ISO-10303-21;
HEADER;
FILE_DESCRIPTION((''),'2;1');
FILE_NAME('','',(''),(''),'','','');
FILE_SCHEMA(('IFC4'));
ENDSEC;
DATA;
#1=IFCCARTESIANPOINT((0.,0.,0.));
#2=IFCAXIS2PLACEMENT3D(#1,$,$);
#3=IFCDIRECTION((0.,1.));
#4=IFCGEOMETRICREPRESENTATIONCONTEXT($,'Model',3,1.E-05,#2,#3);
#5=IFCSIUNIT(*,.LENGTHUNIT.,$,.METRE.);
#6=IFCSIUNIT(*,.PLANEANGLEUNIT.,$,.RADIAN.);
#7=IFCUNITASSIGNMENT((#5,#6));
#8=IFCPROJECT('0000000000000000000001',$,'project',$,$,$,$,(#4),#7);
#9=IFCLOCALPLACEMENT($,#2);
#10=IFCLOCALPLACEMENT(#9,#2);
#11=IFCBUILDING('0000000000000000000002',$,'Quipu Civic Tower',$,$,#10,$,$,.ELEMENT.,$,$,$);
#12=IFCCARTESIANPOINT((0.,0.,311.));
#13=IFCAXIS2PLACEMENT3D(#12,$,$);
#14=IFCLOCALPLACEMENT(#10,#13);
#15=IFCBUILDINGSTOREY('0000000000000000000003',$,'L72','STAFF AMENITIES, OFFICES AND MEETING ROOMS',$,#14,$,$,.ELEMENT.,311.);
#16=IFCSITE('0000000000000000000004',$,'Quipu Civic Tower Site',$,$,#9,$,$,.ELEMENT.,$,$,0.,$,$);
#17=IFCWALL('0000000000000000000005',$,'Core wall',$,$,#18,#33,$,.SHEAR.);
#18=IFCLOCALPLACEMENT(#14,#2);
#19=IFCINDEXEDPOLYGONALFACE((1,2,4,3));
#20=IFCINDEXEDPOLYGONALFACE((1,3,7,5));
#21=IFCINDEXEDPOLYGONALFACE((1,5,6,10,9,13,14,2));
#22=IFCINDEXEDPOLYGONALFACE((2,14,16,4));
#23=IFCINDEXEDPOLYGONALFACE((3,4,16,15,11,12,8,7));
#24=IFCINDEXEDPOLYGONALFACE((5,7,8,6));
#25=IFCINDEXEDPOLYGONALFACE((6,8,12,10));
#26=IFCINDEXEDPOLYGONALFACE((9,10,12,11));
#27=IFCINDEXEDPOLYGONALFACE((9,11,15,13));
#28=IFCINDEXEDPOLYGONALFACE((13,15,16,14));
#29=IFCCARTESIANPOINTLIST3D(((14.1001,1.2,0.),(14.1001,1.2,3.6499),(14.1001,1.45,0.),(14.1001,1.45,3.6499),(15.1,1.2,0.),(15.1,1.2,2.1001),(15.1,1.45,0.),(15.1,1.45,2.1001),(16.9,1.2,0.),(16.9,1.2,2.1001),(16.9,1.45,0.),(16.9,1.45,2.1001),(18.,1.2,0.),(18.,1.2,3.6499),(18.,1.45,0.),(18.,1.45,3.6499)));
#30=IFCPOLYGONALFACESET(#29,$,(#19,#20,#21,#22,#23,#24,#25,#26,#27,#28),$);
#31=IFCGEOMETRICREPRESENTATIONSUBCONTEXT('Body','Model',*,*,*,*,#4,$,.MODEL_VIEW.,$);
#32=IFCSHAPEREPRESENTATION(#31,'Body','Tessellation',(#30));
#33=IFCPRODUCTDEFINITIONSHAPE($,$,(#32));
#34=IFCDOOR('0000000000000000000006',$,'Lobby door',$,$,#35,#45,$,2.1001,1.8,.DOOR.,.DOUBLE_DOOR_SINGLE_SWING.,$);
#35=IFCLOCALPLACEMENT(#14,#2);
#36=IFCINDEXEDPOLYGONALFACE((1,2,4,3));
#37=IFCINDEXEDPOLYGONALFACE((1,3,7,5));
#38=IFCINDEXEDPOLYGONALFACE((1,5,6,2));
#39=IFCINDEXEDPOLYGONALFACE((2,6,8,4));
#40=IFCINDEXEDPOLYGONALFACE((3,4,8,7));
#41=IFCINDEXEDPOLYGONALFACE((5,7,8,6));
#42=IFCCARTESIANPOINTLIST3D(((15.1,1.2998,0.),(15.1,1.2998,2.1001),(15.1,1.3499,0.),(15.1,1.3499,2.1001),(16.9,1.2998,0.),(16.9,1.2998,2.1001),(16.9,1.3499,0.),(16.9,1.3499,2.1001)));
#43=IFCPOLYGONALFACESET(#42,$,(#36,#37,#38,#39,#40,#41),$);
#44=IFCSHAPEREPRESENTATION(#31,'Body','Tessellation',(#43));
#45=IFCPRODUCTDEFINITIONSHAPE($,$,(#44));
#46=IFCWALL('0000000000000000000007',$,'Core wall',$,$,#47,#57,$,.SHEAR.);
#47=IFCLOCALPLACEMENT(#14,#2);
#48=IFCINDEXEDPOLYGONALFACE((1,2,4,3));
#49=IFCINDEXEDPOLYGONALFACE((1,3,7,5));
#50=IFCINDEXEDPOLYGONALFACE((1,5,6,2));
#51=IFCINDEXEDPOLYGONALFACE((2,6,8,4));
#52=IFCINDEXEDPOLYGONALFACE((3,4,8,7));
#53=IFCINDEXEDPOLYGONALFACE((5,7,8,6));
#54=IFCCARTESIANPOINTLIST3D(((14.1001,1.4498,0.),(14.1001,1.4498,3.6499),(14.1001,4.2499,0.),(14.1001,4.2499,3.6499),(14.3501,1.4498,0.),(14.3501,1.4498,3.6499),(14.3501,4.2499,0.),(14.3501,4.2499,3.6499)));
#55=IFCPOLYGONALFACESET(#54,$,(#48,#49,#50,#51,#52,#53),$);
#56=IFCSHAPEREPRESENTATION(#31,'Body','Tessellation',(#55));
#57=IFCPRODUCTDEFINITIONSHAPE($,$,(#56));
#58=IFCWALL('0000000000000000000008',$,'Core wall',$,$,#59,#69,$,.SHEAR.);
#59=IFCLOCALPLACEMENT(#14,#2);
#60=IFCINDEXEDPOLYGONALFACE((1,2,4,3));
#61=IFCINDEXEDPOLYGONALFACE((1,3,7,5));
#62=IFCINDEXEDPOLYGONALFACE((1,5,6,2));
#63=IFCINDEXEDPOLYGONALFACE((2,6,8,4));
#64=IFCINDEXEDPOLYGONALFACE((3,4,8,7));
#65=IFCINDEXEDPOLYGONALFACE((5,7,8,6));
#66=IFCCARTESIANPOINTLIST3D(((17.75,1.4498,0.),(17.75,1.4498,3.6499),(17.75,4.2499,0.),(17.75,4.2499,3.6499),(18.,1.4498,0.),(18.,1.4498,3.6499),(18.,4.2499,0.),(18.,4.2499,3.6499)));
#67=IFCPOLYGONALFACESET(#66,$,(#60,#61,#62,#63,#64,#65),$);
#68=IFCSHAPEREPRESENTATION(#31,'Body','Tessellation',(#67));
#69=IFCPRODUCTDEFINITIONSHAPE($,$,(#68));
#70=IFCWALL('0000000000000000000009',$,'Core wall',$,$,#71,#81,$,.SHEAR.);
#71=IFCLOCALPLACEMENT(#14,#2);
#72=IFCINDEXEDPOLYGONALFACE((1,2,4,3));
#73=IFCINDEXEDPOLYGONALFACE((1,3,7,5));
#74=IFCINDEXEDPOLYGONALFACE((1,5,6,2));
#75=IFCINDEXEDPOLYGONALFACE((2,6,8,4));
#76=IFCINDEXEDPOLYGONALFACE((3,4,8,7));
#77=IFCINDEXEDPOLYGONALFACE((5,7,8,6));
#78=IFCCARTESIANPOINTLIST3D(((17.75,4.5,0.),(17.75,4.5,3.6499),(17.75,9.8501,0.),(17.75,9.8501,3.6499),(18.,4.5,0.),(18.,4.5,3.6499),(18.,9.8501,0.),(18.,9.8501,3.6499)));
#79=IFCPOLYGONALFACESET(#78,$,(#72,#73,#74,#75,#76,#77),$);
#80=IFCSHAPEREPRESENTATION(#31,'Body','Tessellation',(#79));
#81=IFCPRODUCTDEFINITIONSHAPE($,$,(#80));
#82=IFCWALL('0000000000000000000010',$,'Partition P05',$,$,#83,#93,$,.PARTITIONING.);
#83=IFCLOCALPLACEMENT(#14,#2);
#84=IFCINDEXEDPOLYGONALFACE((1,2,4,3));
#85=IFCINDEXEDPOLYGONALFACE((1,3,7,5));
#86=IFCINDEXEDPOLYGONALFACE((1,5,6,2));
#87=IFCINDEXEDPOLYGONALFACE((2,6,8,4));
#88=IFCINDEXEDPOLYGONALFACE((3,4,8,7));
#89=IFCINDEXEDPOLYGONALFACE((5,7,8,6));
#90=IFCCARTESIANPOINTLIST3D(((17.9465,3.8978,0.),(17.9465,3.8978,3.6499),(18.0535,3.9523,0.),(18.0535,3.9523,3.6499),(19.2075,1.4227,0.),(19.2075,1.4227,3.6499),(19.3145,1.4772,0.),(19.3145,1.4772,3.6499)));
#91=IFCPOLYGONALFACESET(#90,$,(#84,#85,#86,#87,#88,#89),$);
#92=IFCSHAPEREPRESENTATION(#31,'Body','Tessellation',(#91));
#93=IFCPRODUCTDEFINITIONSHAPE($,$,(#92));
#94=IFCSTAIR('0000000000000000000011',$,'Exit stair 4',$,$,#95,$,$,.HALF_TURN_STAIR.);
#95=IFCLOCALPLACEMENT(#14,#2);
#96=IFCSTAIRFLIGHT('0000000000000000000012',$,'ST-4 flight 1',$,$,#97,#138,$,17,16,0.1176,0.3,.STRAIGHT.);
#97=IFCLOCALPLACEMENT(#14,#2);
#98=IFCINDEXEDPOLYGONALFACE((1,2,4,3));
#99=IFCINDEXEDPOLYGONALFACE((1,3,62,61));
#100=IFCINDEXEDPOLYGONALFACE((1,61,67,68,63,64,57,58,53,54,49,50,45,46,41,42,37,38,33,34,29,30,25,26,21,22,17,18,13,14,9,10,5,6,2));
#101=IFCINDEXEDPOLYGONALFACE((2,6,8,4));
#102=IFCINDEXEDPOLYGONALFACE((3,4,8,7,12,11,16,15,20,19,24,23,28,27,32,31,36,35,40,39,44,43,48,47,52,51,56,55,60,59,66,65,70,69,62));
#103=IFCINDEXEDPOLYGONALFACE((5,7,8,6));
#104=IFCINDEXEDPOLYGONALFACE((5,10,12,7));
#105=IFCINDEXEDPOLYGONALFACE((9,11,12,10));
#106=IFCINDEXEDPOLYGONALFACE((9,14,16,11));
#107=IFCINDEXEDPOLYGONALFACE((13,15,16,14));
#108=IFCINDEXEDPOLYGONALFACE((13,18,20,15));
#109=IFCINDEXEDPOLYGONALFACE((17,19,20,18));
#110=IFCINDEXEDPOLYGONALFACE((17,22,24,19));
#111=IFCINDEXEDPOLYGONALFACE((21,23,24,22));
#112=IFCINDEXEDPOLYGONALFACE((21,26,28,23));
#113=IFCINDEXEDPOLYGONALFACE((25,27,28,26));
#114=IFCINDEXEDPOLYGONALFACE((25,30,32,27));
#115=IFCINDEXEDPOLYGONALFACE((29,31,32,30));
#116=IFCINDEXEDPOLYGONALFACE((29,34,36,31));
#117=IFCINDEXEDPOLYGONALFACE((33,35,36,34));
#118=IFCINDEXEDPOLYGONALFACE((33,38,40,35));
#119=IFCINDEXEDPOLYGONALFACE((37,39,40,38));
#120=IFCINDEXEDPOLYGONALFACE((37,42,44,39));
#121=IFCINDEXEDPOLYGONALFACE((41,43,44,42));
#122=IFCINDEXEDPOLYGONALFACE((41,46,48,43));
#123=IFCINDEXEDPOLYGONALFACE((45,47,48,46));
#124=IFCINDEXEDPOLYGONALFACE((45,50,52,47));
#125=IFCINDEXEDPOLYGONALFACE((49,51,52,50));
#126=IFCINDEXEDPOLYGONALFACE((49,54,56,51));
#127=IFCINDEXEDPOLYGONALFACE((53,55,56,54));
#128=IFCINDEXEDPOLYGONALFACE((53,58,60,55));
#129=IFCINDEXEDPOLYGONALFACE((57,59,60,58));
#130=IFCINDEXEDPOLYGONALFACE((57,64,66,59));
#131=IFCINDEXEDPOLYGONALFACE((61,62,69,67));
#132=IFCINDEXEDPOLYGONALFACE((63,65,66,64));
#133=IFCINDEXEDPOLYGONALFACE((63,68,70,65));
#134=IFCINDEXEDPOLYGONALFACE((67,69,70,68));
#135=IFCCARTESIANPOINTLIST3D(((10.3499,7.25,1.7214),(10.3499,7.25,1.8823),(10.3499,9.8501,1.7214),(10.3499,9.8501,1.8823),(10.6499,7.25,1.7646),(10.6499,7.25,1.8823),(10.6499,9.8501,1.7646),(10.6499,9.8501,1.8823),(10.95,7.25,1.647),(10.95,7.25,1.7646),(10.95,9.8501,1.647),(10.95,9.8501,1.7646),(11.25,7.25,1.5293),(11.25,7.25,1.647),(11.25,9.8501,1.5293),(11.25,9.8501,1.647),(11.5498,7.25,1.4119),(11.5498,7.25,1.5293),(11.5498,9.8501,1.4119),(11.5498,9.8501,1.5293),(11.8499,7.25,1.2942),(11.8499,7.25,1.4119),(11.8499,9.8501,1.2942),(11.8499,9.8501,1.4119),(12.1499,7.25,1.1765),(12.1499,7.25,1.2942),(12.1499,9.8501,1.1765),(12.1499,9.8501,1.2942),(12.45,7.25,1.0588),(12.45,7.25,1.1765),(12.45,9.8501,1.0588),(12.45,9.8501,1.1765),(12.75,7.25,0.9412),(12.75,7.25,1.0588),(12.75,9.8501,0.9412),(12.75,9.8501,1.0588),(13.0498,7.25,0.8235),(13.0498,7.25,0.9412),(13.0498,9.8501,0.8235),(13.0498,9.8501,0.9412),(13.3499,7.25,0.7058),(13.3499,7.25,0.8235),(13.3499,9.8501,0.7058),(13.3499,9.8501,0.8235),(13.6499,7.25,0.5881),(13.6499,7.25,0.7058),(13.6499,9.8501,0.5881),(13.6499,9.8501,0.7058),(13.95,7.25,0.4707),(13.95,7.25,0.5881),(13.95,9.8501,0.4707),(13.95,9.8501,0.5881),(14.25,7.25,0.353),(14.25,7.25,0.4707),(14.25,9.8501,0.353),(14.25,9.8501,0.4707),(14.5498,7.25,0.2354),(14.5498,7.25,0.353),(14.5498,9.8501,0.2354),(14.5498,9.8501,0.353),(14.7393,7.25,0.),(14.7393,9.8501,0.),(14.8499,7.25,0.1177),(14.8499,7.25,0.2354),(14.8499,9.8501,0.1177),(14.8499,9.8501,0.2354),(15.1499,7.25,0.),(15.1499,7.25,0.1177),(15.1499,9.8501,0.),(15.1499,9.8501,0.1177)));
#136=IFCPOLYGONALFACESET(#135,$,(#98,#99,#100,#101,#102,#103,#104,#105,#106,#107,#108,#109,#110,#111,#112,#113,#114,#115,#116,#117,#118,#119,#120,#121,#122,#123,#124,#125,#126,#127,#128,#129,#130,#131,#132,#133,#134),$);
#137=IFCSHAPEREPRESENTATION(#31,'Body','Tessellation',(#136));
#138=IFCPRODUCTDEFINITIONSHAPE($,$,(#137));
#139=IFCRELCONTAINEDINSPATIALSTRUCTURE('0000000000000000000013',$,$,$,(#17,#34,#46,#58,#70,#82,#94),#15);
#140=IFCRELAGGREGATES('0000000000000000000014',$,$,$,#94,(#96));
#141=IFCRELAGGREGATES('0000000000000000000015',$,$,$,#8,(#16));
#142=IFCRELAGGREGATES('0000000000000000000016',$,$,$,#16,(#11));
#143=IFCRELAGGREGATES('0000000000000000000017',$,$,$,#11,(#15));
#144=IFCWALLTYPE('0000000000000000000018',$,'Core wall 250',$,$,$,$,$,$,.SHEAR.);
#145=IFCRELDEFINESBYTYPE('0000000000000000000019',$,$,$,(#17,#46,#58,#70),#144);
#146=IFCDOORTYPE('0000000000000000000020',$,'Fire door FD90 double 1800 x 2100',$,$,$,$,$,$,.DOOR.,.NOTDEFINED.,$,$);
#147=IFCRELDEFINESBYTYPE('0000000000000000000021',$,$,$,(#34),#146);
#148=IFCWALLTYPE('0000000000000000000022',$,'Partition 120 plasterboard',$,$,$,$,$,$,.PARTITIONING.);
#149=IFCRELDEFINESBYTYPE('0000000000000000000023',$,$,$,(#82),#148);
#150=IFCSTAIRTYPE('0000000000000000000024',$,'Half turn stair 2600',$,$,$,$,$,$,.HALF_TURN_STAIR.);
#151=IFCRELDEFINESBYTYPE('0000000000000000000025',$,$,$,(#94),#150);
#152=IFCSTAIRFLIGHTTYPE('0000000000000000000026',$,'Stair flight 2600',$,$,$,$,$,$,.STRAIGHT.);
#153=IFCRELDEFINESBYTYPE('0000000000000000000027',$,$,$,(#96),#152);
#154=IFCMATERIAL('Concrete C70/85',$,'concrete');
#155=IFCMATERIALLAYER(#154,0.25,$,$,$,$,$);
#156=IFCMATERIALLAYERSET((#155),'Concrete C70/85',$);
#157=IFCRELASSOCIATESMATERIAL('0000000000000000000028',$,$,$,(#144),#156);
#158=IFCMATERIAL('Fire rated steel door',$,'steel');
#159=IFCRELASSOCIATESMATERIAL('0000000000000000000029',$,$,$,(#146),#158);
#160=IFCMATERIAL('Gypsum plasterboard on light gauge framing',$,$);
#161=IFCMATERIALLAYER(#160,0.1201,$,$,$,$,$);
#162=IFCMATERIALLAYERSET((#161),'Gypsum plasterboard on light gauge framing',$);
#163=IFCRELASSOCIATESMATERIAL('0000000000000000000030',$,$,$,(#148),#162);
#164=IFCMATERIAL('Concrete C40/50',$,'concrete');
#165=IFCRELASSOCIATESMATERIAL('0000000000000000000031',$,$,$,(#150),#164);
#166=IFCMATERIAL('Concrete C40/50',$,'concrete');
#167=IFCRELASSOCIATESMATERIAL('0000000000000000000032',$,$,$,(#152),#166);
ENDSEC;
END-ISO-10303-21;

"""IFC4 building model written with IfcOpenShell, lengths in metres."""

from ifc_helpers import new_model, si_unit, direction, frame, frame_2d, origin, place, context, subcontext, project, spatial, polyline, rectangle, outline, extrude, material, layer, layer_set, type_object, element, fill, aggregate, save


model = new_model("IFC4")

# Units and contexts
model_context = context("Model", 3, precision=1e-05, world=origin(), true_north=direction((0.0, 1.0)))
body_context = subcontext(model_context, "Body", "Model", "MODEL_VIEW")
ifc_project = project(units=[si_unit("LENGTHUNIT", "METRE"), si_unit("PLANEANGLEUNIT", "RADIAN")], contexts=[model_context])

# Site, building, storey
site_placement = place(None, origin())
site = spatial("IfcSite", under=ifc_project, at=site_placement, Name="Quipu Civic Tower Site", CompositionType="ELEMENT", RefElevation=0.0)
building_placement = place(site_placement, origin())
building = spatial("IfcBuilding", under=site, at=building_placement, Name="Quipu Civic Tower", CompositionType="ELEMENT")
storey_placement = place(building_placement, frame((0.0, 0.0, 311.0)))
storey = spatial("IfcBuildingStorey", under=building, at=storey_placement, Name="L72", Description="STAFF AMENITIES, OFFICES AND MEETING ROOMS", CompositionType="ELEMENT", Elevation=311.0)

# Wall, opening, door
ifc_material_1 = material(Name="Concrete C70/85", Category="concrete")
ifc_layer_1 = layer(ifc_material_1, 0.25)
ifc_layer_set_1 = layer_set([ifc_layer_1], Name="Concrete C70/85")
wall_type_1 = type_object("IfcWallType", Name="Core wall 250", PredefinedType="SHEAR", material=ifc_layer_set_1)
wall_1_placement = place(storey_placement, frame((14.1001, 1.325, 0.0), z_axis=(0.0, 0.0, 1.0), x_axis=(1.0, 0.0, 0.0)))
wall_1 = element("IfcWall", 1, at=wall_1_placement, inside=storey, type_object=wall_type_1, Name="Core wall", PredefinedType="SHEAR", context=body_context, shape_type="SweptSolid", body=[
    extrude(rectangle(XDim=3.8999, YDim=0.25, at=frame_2d((1.95, 0.0))), origin(), (0.0, 0.0, 1.0), 3.6499),
])
opening_placement = place(wall_1_placement, frame((1.0, 0.0, 0.0)))
opening = element("IfcOpeningElement", 2, at=opening_placement, cuts=wall_1, PredefinedType="OPENING", context=body_context, shape_type="SweptSolid", body=[
    extrude(rectangle(XDim=1.8, YDim=2.1001, at=frame_2d((0.8999, 1.05))), frame((0.0, 0.135, 0.0), z_axis=(0.0, -1.0, 0.0), x_axis=(1.0, 0.0, 0.0)), (0.0, 0.0, 1.0), 0.27),
])
ifc_material_2 = material(Name="Fire rated steel door", Category="steel")
door_type = type_object("IfcDoorType", Name="Fire door FD90 double 1800 x 2100", OperationType="NOTDEFINED", PredefinedType="DOOR", material=ifc_material_2)
door_placement = place(opening_placement, origin())
door = element("IfcDoor", 3, at=door_placement, inside=storey, type_object=door_type, Name="Lobby door", OperationType="DOUBLE_DOOR_SINGLE_SWING", OverallHeight=2.1001, OverallWidth=1.8, PredefinedType="DOOR", context=body_context, shape_type="SweptSolid", body=[
    extrude(rectangle(XDim=1.8, YDim=2.1001, at=frame_2d((0.8999, 1.05))), frame((0.0, 0.0249, 0.0), z_axis=(0.0, -1.0, 0.0), x_axis=(1.0, 0.0, 0.0)), (0.0, 0.0, 1.0), 0.05),
])
fill(opening, door)

# Walls
for number, where, z_axis, x_axis, name in (
    (4, (14.2251, 1.45, 0.0), (0.0, 0.0, 1.0), (0.0, 1.0, 0.0), "Core wall"),
    (5, (17.875, 1.45, 0.0), (0.0, 0.0, 1.0), (0.0, 1.0, 0.0), "Core wall"),
):
    element("IfcWall", number, at=place(storey_placement, frame(where, z_axis=z_axis, x_axis=x_axis)), inside=storey, type_object=wall_type_1, Name=name, PredefinedType="SHEAR", context=body_context, shape_type="SweptSolid", body=[
        extrude(rectangle(XDim=2.8, YDim=0.25, at=frame_2d((1.3999, 0.0))), origin(), (0.0, 0.0, 1.0), 3.6499),
    ])
wall_2_placement = place(storey_placement, frame((17.875, 4.5, 0.0), z_axis=(0.0, 0.0, 1.0), x_axis=(0.0, 1.0, 0.0)))
element("IfcWall", 6, at=wall_2_placement, inside=storey, type_object=wall_type_1, Name="Core wall", PredefinedType="SHEAR", context=body_context, shape_type="SweptSolid", body=[
    extrude(rectangle(XDim=5.3501, YDim=0.25, at=frame_2d((2.675, 0.0))), origin(), (0.0, 0.0, 1.0), 3.6499),
])
ifc_material_3 = material(Name="Gypsum plasterboard on light gauge framing")
ifc_layer_2 = layer(ifc_material_3, 0.1201)
ifc_layer_set_2 = layer_set([ifc_layer_2], Name="Gypsum plasterboard on light gauge framing")
wall_type_2 = type_object("IfcWallType", Name="Partition 120 plasterboard", PredefinedType="PARTITIONING", material=ifc_layer_set_2)
wall_3_placement = place(storey_placement, frame((18.0, 3.925, 0.0), z_axis=(0.0, 0.0, 1.0), x_axis=(0.453951, -0.891027, 0.0)))
element("IfcWall", 7, at=wall_3_placement, inside=storey, type_object=wall_type_2, Name="Partition P05", PredefinedType="PARTITIONING", context=body_context, shape_type="SweptSolid", body=[
    extrude(rectangle(XDim=2.7778, YDim=0.1201, at=frame_2d((1.3889, 0.0))), origin(), (0.0, 0.0, 1.0), 3.6499),
])

# Stair, stair flight
ifc_material_4 = material(Name="Concrete C40/50", Category="concrete")
stair_type = type_object("IfcStairType", Name="Half turn stair 2600", PredefinedType="HALF_TURN_STAIR", material=ifc_material_4)
stair_placement = place(storey_placement, origin())
stair = element("IfcStair", 8, at=stair_placement, inside=storey, type_object=stair_type, Name="Exit stair 4", PredefinedType="HALF_TURN_STAIR")
ifc_material_5 = material(Name="Concrete C40/50", Category="concrete")
stair_flight_type = type_object("IfcStairFlightType", Name="Stair flight 2600", PredefinedType="STRAIGHT", material=ifc_material_5)
stair_flight_placement = place(storey_placement, frame((15.1499, 8.55, 0.0), z_axis=(0.0, 0.0, 1.0), x_axis=(-1.0, 0.0, 0.0)))
stair_flight = element("IfcStairFlight", 9, at=stair_flight_placement, type_object=stair_flight_type, Name="ST-4 flight 1", NumberOfRisers=17, NumberOfTreads=16, PredefinedType="STRAIGHT", RiserHeight=0.1176, TreadLength=0.3, context=body_context, shape_type="SweptSolid", body=[
    extrude(outline(polyline([(0.0, 0.0), (0.0, 0.1177), (0.3, 0.1177), (0.3, 0.2354), (0.6001, 0.2354), (0.6001, 0.353), (0.8999, 0.353), (0.8999, 0.4707), (1.2, 0.4707), (1.2, 0.5881), (1.5, 0.5881), (1.5, 0.7058), (1.8, 0.7058), (1.8, 0.8235), (2.1001, 0.8235), (2.1001, 0.9412), (2.3999, 0.9412), (2.3999, 1.0588), (2.7, 1.0588), (2.7, 1.1765), (3.0, 1.1765), (3.0, 1.2942), (3.3, 1.2942), (3.3, 1.4119), (3.6001, 1.4119), (3.6001, 1.5293), (3.8999, 1.5293), (3.8999, 1.647), (4.2, 1.647), (4.2, 1.7646), (4.5, 1.7646), (4.5, 1.8823), (4.8, 1.8823), (4.8, 2.0), (4.8, 1.7214), (0.4106, 0.0), (0.0, 0.0)])), frame((0.0, 1.3, 0.0), z_axis=(0.0, -1.0, 0.0), x_axis=(1.0, 0.0, 0.0)), (0.0, 0.0, 1.0), 2.6001),
])
aggregate(stair, [stair_flight])

save(model, "model.ifc")
